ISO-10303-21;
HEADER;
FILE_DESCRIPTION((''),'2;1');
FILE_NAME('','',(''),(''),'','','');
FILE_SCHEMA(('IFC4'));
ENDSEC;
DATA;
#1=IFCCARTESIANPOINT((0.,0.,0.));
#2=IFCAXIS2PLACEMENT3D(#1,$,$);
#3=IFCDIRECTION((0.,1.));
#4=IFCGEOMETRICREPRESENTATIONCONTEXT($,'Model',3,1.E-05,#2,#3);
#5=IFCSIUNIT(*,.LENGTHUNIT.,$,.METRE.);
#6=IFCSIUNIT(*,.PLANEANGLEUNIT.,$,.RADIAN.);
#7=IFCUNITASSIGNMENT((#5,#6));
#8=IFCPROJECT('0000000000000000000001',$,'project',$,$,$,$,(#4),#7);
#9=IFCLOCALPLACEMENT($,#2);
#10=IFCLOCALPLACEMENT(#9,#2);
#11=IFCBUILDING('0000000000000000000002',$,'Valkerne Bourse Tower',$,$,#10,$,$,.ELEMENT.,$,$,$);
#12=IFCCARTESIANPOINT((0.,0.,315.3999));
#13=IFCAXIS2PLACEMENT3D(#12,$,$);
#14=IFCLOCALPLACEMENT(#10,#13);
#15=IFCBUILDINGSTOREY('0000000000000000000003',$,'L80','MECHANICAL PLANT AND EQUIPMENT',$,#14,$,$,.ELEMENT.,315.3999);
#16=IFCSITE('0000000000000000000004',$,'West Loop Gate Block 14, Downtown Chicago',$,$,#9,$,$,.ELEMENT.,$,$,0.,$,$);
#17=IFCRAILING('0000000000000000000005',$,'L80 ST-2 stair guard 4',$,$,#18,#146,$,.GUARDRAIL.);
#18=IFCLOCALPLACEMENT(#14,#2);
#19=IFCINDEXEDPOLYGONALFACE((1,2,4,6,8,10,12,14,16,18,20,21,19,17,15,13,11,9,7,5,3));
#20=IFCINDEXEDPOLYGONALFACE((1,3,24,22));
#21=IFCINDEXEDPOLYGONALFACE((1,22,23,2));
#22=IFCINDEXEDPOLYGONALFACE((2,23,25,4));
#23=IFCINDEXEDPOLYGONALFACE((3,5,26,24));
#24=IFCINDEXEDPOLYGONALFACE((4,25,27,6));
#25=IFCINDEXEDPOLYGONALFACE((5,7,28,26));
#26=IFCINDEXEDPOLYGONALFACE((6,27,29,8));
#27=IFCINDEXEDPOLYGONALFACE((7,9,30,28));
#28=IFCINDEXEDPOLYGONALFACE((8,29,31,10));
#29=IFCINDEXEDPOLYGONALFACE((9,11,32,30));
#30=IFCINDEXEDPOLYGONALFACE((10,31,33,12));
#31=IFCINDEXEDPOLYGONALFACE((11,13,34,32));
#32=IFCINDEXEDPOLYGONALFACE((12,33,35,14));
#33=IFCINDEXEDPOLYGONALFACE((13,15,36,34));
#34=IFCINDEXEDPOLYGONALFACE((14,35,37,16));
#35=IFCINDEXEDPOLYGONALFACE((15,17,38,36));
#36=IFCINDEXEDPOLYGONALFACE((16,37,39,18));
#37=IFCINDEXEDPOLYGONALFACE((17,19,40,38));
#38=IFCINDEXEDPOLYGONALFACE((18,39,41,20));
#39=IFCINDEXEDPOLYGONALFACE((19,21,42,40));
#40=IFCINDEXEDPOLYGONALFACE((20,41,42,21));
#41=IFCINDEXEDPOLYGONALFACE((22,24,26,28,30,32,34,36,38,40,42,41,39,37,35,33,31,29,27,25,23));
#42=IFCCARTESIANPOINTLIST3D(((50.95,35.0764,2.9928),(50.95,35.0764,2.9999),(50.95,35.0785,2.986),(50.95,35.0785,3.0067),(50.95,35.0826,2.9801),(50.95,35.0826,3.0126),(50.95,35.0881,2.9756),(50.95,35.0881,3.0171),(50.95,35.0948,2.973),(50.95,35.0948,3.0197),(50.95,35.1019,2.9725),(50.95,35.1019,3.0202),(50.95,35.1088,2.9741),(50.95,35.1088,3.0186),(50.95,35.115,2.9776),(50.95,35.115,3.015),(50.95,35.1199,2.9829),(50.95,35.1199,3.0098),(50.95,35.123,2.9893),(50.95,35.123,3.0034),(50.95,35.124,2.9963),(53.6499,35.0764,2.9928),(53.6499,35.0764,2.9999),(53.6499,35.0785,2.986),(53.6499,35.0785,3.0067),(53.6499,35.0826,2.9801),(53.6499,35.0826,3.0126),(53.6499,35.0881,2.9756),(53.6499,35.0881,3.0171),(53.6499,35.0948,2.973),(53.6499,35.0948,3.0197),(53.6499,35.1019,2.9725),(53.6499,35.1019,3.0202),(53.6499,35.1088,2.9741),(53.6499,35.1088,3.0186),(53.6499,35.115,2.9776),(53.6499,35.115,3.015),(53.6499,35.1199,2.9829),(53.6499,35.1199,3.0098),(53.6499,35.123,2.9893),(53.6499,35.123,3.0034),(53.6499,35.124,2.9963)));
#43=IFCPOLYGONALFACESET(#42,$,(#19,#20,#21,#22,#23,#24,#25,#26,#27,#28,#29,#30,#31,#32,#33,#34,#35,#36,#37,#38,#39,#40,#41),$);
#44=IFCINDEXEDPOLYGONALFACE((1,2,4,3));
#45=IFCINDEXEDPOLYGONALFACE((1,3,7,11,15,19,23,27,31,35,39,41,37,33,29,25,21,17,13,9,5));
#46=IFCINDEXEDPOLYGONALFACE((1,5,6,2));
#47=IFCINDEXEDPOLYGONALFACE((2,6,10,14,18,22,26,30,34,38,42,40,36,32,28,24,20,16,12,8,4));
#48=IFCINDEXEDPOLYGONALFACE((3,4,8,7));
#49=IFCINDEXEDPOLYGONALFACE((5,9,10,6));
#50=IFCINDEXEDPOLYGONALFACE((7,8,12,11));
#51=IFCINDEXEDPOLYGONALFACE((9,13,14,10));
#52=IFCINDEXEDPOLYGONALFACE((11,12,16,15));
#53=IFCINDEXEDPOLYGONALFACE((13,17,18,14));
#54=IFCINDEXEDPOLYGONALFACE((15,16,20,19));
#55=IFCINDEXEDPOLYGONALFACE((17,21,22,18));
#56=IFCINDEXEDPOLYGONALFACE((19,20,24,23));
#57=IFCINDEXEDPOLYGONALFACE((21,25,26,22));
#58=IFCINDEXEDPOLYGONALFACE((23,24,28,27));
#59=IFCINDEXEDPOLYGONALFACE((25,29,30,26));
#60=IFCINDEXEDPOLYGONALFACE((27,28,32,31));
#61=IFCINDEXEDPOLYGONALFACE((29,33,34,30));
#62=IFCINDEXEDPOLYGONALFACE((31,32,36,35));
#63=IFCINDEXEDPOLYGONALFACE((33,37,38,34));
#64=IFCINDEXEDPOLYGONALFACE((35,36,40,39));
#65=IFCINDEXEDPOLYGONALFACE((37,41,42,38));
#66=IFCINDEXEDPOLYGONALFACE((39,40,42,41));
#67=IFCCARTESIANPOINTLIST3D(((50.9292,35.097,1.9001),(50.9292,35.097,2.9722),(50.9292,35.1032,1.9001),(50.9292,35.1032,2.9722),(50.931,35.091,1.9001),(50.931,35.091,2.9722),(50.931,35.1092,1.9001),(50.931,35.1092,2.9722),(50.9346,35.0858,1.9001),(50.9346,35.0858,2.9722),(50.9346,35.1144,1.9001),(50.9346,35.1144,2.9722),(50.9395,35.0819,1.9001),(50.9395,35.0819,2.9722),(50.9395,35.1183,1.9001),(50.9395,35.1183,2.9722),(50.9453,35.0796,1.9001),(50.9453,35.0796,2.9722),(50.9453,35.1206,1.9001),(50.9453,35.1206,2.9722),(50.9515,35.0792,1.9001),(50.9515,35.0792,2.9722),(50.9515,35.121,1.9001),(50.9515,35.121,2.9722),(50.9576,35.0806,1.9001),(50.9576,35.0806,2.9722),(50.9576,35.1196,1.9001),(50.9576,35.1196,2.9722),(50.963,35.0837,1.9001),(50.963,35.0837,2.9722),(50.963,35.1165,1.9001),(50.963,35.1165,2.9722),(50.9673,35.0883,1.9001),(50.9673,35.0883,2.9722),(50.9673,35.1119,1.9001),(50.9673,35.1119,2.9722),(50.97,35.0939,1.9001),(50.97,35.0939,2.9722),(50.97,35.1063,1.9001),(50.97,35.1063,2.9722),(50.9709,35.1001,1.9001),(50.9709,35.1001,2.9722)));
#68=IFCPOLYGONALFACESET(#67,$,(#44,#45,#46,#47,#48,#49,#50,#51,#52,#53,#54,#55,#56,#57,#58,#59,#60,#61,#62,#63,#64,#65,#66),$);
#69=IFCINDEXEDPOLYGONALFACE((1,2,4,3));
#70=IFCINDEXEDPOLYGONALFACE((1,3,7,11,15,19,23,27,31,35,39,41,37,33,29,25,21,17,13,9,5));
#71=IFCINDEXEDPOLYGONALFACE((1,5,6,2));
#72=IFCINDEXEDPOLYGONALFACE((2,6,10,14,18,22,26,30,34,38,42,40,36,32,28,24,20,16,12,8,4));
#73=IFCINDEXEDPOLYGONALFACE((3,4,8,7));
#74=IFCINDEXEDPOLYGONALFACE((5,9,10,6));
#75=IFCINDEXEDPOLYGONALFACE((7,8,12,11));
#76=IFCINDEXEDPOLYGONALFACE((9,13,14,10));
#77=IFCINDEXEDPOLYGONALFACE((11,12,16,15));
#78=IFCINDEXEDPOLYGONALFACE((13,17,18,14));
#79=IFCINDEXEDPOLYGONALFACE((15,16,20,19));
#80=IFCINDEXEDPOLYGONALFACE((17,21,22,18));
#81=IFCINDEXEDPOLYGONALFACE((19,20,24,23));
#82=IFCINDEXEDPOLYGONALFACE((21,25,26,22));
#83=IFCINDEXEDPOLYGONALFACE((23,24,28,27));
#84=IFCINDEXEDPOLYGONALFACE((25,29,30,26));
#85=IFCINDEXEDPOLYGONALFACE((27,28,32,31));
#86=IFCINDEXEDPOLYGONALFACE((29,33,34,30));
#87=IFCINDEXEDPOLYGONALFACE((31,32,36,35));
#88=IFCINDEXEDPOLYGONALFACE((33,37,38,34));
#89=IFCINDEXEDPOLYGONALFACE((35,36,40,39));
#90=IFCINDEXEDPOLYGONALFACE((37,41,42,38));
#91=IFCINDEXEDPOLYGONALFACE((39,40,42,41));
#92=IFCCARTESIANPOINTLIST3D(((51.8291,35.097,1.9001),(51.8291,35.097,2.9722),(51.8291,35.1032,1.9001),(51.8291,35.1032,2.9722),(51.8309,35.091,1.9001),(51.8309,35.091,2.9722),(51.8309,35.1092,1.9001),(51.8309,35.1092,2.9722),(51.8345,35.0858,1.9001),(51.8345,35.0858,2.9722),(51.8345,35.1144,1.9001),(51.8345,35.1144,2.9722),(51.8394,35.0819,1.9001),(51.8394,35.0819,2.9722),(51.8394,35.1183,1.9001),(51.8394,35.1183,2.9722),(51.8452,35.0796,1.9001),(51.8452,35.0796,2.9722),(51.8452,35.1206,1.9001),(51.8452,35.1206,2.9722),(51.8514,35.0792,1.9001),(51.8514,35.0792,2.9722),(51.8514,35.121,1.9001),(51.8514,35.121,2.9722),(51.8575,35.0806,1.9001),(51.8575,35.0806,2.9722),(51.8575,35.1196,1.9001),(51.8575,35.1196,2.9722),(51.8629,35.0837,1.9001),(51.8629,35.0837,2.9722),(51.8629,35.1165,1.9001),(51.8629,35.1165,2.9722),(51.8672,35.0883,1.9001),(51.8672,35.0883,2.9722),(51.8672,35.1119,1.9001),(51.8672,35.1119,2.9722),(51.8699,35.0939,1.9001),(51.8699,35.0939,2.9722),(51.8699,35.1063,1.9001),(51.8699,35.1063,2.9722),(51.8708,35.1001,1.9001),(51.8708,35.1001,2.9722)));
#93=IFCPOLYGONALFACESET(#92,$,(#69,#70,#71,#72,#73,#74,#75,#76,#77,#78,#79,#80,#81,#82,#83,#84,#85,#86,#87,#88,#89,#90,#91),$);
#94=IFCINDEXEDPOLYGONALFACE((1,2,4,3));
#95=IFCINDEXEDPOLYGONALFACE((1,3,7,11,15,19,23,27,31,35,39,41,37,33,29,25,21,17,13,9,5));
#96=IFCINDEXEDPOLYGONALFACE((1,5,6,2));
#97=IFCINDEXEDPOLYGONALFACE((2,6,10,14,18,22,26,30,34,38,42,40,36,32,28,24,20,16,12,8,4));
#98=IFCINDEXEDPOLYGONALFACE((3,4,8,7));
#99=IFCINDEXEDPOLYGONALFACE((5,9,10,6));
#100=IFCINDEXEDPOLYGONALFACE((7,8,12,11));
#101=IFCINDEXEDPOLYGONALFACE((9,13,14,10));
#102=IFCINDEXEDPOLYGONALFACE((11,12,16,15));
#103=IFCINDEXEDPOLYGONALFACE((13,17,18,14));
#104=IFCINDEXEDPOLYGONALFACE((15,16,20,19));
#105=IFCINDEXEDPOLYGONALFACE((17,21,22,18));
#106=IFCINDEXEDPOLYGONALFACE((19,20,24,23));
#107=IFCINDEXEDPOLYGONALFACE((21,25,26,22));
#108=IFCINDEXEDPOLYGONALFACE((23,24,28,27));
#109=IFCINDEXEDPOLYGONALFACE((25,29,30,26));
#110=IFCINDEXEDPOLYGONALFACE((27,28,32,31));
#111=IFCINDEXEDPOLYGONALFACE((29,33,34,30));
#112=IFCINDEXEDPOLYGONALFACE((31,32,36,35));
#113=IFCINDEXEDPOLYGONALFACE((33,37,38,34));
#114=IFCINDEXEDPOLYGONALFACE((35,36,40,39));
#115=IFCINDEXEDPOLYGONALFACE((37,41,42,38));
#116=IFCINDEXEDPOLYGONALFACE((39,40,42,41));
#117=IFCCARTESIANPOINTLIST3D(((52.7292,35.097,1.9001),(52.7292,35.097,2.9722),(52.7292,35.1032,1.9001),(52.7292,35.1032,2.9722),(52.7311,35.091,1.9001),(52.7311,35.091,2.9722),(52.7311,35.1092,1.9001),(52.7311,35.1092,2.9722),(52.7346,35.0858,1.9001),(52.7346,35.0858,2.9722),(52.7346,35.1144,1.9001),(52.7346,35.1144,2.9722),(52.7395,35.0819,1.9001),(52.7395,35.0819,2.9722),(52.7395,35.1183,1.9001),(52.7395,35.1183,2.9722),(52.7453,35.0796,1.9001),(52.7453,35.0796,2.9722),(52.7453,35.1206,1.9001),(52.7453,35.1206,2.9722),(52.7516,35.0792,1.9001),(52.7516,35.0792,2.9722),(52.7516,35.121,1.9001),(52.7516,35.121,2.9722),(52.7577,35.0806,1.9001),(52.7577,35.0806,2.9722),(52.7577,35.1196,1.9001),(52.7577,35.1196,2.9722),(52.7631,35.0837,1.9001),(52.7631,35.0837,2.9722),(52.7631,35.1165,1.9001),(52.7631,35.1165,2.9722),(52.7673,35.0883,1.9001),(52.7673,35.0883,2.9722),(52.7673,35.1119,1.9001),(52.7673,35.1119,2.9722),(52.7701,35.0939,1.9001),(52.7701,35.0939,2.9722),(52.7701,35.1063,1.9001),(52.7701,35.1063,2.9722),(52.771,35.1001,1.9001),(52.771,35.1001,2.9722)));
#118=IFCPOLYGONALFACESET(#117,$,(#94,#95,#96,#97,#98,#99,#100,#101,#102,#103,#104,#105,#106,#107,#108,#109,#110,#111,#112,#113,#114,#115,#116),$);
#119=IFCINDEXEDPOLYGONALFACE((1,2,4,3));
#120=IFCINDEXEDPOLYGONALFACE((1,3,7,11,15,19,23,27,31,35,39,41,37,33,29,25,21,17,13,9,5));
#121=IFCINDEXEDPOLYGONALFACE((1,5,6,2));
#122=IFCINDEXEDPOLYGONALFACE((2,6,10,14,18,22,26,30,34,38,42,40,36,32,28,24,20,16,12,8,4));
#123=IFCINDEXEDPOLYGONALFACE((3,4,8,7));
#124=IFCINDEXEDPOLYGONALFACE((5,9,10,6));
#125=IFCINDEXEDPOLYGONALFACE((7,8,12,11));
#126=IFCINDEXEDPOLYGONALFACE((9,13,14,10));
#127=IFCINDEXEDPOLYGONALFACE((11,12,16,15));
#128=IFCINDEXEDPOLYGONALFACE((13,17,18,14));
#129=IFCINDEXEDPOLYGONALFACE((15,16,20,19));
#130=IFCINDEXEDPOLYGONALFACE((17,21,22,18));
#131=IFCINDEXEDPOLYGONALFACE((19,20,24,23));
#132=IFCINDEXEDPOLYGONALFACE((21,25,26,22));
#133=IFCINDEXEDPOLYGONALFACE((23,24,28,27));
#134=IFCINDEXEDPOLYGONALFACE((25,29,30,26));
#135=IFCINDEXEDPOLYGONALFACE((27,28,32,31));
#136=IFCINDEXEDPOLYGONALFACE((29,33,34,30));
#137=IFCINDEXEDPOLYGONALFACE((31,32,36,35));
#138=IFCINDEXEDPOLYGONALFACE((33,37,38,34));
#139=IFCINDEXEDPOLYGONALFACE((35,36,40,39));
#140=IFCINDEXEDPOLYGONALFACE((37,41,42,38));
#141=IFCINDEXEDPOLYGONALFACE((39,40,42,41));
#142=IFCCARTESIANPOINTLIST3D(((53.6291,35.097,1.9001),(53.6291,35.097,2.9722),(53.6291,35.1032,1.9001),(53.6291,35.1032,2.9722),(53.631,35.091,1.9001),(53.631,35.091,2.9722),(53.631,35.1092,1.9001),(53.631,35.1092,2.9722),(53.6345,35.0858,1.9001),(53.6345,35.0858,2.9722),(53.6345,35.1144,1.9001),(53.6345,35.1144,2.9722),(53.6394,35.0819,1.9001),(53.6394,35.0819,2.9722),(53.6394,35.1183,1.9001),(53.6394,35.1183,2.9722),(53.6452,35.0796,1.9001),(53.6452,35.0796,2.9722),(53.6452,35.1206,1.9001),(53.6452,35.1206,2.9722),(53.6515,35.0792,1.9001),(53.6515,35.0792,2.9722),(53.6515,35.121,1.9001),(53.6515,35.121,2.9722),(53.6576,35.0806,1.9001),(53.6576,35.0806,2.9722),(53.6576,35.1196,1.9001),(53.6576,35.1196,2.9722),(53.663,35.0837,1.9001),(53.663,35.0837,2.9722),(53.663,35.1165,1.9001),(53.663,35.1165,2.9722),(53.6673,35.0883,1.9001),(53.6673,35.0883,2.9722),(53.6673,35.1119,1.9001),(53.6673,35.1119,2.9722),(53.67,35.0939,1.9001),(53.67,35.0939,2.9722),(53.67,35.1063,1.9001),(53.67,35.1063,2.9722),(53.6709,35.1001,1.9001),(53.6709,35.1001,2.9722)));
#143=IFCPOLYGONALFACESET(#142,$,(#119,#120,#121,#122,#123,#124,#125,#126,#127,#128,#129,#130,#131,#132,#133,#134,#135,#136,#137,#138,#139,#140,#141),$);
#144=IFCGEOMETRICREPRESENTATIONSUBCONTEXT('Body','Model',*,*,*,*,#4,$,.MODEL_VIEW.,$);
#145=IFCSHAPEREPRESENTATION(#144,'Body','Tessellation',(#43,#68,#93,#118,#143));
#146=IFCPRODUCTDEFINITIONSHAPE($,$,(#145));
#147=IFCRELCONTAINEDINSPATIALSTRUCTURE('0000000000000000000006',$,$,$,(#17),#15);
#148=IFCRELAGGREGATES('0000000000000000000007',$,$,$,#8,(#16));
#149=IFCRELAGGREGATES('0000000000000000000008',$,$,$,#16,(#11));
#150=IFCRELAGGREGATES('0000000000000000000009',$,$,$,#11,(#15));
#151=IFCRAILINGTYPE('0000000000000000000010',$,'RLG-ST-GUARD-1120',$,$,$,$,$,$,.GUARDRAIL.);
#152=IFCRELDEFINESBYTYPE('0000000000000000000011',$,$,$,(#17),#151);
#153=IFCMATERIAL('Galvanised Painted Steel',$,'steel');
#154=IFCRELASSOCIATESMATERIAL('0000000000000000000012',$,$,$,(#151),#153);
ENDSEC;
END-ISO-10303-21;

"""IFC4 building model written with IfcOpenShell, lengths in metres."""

from ifc_helpers import new_model, si_unit, direction, frame, origin, origin_2d, place, context, subcontext, project, spatial, circle, extrude, material, type_object, element, save


model = new_model("IFC4")

# Units and contexts
model_context = context("Model", 3, precision=1e-05, world=origin(), true_north=direction((0.0, 1.0)))
body_context = subcontext(model_context, "Body", "Model", "MODEL_VIEW")
ifc_project = project(units=[si_unit("LENGTHUNIT", "METRE"), si_unit("PLANEANGLEUNIT", "RADIAN")], contexts=[model_context])

# Site, building, storey
site_placement = place(None, origin())
site = spatial("IfcSite", under=ifc_project, at=site_placement, Name="West Loop Gate Block 14, Downtown Chicago", CompositionType="ELEMENT", RefElevation=0.0)
building_placement = place(site_placement, origin())
building = spatial("IfcBuilding", under=site, at=building_placement, Name="Valkerne Bourse Tower", CompositionType="ELEMENT")
storey_placement = place(building_placement, frame((0.0, 0.0, 315.3999)))
storey = spatial("IfcBuildingStorey", under=building, at=storey_placement, Name="L80", Description="MECHANICAL PLANT AND EQUIPMENT", CompositionType="ELEMENT", Elevation=315.3999)

# Railing
ifc_material_1 = material(Name="Galvanised Painted Steel", Category="steel")
railing_type_1 = type_object("IfcRailingType", Name="RLG-ST-GUARD-1120", PredefinedType="GUARDRAIL", material=ifc_material_1)
railing_1_placement = place(storey_placement, frame((50.95, 35.1001, 1.9001)))
element("IfcRailing", 1, at=railing_1_placement, inside=storey, type_object=railing_type_1, Name="L80 ST-2 stair guard 4", PredefinedType="GUARDRAIL", context=body_context, shape_type="SweptSolid", body=[
    extrude(circle(Radius=0.0239, at=origin_2d()), frame((0.0, 0.0, 1.0962), z_axis=(1.0, 0.0, 0.0), x_axis=(0.0, 1.0, 0.0)), (0.0, 0.0, 1.0), 2.7),
    extrude(circle(Radius=0.021, at=origin_2d()), origin(), (0.0, 0.0, 1.0), 1.072),
    extrude(circle(Radius=0.021, at=origin_2d()), frame((0.8999, 0.0, 0.0)), (0.0, 0.0, 1.0), 1.072),
    extrude(circle(Radius=0.021, at=origin_2d()), frame((1.8, 0.0, 0.0)), (0.0, 0.0, 1.0), 1.072),
    extrude(circle(Radius=0.021, at=origin_2d()), frame((2.7, 0.0, 0.0)), (0.0, 0.0, 1.0), 1.072),
])

save(model, "model.ifc")
